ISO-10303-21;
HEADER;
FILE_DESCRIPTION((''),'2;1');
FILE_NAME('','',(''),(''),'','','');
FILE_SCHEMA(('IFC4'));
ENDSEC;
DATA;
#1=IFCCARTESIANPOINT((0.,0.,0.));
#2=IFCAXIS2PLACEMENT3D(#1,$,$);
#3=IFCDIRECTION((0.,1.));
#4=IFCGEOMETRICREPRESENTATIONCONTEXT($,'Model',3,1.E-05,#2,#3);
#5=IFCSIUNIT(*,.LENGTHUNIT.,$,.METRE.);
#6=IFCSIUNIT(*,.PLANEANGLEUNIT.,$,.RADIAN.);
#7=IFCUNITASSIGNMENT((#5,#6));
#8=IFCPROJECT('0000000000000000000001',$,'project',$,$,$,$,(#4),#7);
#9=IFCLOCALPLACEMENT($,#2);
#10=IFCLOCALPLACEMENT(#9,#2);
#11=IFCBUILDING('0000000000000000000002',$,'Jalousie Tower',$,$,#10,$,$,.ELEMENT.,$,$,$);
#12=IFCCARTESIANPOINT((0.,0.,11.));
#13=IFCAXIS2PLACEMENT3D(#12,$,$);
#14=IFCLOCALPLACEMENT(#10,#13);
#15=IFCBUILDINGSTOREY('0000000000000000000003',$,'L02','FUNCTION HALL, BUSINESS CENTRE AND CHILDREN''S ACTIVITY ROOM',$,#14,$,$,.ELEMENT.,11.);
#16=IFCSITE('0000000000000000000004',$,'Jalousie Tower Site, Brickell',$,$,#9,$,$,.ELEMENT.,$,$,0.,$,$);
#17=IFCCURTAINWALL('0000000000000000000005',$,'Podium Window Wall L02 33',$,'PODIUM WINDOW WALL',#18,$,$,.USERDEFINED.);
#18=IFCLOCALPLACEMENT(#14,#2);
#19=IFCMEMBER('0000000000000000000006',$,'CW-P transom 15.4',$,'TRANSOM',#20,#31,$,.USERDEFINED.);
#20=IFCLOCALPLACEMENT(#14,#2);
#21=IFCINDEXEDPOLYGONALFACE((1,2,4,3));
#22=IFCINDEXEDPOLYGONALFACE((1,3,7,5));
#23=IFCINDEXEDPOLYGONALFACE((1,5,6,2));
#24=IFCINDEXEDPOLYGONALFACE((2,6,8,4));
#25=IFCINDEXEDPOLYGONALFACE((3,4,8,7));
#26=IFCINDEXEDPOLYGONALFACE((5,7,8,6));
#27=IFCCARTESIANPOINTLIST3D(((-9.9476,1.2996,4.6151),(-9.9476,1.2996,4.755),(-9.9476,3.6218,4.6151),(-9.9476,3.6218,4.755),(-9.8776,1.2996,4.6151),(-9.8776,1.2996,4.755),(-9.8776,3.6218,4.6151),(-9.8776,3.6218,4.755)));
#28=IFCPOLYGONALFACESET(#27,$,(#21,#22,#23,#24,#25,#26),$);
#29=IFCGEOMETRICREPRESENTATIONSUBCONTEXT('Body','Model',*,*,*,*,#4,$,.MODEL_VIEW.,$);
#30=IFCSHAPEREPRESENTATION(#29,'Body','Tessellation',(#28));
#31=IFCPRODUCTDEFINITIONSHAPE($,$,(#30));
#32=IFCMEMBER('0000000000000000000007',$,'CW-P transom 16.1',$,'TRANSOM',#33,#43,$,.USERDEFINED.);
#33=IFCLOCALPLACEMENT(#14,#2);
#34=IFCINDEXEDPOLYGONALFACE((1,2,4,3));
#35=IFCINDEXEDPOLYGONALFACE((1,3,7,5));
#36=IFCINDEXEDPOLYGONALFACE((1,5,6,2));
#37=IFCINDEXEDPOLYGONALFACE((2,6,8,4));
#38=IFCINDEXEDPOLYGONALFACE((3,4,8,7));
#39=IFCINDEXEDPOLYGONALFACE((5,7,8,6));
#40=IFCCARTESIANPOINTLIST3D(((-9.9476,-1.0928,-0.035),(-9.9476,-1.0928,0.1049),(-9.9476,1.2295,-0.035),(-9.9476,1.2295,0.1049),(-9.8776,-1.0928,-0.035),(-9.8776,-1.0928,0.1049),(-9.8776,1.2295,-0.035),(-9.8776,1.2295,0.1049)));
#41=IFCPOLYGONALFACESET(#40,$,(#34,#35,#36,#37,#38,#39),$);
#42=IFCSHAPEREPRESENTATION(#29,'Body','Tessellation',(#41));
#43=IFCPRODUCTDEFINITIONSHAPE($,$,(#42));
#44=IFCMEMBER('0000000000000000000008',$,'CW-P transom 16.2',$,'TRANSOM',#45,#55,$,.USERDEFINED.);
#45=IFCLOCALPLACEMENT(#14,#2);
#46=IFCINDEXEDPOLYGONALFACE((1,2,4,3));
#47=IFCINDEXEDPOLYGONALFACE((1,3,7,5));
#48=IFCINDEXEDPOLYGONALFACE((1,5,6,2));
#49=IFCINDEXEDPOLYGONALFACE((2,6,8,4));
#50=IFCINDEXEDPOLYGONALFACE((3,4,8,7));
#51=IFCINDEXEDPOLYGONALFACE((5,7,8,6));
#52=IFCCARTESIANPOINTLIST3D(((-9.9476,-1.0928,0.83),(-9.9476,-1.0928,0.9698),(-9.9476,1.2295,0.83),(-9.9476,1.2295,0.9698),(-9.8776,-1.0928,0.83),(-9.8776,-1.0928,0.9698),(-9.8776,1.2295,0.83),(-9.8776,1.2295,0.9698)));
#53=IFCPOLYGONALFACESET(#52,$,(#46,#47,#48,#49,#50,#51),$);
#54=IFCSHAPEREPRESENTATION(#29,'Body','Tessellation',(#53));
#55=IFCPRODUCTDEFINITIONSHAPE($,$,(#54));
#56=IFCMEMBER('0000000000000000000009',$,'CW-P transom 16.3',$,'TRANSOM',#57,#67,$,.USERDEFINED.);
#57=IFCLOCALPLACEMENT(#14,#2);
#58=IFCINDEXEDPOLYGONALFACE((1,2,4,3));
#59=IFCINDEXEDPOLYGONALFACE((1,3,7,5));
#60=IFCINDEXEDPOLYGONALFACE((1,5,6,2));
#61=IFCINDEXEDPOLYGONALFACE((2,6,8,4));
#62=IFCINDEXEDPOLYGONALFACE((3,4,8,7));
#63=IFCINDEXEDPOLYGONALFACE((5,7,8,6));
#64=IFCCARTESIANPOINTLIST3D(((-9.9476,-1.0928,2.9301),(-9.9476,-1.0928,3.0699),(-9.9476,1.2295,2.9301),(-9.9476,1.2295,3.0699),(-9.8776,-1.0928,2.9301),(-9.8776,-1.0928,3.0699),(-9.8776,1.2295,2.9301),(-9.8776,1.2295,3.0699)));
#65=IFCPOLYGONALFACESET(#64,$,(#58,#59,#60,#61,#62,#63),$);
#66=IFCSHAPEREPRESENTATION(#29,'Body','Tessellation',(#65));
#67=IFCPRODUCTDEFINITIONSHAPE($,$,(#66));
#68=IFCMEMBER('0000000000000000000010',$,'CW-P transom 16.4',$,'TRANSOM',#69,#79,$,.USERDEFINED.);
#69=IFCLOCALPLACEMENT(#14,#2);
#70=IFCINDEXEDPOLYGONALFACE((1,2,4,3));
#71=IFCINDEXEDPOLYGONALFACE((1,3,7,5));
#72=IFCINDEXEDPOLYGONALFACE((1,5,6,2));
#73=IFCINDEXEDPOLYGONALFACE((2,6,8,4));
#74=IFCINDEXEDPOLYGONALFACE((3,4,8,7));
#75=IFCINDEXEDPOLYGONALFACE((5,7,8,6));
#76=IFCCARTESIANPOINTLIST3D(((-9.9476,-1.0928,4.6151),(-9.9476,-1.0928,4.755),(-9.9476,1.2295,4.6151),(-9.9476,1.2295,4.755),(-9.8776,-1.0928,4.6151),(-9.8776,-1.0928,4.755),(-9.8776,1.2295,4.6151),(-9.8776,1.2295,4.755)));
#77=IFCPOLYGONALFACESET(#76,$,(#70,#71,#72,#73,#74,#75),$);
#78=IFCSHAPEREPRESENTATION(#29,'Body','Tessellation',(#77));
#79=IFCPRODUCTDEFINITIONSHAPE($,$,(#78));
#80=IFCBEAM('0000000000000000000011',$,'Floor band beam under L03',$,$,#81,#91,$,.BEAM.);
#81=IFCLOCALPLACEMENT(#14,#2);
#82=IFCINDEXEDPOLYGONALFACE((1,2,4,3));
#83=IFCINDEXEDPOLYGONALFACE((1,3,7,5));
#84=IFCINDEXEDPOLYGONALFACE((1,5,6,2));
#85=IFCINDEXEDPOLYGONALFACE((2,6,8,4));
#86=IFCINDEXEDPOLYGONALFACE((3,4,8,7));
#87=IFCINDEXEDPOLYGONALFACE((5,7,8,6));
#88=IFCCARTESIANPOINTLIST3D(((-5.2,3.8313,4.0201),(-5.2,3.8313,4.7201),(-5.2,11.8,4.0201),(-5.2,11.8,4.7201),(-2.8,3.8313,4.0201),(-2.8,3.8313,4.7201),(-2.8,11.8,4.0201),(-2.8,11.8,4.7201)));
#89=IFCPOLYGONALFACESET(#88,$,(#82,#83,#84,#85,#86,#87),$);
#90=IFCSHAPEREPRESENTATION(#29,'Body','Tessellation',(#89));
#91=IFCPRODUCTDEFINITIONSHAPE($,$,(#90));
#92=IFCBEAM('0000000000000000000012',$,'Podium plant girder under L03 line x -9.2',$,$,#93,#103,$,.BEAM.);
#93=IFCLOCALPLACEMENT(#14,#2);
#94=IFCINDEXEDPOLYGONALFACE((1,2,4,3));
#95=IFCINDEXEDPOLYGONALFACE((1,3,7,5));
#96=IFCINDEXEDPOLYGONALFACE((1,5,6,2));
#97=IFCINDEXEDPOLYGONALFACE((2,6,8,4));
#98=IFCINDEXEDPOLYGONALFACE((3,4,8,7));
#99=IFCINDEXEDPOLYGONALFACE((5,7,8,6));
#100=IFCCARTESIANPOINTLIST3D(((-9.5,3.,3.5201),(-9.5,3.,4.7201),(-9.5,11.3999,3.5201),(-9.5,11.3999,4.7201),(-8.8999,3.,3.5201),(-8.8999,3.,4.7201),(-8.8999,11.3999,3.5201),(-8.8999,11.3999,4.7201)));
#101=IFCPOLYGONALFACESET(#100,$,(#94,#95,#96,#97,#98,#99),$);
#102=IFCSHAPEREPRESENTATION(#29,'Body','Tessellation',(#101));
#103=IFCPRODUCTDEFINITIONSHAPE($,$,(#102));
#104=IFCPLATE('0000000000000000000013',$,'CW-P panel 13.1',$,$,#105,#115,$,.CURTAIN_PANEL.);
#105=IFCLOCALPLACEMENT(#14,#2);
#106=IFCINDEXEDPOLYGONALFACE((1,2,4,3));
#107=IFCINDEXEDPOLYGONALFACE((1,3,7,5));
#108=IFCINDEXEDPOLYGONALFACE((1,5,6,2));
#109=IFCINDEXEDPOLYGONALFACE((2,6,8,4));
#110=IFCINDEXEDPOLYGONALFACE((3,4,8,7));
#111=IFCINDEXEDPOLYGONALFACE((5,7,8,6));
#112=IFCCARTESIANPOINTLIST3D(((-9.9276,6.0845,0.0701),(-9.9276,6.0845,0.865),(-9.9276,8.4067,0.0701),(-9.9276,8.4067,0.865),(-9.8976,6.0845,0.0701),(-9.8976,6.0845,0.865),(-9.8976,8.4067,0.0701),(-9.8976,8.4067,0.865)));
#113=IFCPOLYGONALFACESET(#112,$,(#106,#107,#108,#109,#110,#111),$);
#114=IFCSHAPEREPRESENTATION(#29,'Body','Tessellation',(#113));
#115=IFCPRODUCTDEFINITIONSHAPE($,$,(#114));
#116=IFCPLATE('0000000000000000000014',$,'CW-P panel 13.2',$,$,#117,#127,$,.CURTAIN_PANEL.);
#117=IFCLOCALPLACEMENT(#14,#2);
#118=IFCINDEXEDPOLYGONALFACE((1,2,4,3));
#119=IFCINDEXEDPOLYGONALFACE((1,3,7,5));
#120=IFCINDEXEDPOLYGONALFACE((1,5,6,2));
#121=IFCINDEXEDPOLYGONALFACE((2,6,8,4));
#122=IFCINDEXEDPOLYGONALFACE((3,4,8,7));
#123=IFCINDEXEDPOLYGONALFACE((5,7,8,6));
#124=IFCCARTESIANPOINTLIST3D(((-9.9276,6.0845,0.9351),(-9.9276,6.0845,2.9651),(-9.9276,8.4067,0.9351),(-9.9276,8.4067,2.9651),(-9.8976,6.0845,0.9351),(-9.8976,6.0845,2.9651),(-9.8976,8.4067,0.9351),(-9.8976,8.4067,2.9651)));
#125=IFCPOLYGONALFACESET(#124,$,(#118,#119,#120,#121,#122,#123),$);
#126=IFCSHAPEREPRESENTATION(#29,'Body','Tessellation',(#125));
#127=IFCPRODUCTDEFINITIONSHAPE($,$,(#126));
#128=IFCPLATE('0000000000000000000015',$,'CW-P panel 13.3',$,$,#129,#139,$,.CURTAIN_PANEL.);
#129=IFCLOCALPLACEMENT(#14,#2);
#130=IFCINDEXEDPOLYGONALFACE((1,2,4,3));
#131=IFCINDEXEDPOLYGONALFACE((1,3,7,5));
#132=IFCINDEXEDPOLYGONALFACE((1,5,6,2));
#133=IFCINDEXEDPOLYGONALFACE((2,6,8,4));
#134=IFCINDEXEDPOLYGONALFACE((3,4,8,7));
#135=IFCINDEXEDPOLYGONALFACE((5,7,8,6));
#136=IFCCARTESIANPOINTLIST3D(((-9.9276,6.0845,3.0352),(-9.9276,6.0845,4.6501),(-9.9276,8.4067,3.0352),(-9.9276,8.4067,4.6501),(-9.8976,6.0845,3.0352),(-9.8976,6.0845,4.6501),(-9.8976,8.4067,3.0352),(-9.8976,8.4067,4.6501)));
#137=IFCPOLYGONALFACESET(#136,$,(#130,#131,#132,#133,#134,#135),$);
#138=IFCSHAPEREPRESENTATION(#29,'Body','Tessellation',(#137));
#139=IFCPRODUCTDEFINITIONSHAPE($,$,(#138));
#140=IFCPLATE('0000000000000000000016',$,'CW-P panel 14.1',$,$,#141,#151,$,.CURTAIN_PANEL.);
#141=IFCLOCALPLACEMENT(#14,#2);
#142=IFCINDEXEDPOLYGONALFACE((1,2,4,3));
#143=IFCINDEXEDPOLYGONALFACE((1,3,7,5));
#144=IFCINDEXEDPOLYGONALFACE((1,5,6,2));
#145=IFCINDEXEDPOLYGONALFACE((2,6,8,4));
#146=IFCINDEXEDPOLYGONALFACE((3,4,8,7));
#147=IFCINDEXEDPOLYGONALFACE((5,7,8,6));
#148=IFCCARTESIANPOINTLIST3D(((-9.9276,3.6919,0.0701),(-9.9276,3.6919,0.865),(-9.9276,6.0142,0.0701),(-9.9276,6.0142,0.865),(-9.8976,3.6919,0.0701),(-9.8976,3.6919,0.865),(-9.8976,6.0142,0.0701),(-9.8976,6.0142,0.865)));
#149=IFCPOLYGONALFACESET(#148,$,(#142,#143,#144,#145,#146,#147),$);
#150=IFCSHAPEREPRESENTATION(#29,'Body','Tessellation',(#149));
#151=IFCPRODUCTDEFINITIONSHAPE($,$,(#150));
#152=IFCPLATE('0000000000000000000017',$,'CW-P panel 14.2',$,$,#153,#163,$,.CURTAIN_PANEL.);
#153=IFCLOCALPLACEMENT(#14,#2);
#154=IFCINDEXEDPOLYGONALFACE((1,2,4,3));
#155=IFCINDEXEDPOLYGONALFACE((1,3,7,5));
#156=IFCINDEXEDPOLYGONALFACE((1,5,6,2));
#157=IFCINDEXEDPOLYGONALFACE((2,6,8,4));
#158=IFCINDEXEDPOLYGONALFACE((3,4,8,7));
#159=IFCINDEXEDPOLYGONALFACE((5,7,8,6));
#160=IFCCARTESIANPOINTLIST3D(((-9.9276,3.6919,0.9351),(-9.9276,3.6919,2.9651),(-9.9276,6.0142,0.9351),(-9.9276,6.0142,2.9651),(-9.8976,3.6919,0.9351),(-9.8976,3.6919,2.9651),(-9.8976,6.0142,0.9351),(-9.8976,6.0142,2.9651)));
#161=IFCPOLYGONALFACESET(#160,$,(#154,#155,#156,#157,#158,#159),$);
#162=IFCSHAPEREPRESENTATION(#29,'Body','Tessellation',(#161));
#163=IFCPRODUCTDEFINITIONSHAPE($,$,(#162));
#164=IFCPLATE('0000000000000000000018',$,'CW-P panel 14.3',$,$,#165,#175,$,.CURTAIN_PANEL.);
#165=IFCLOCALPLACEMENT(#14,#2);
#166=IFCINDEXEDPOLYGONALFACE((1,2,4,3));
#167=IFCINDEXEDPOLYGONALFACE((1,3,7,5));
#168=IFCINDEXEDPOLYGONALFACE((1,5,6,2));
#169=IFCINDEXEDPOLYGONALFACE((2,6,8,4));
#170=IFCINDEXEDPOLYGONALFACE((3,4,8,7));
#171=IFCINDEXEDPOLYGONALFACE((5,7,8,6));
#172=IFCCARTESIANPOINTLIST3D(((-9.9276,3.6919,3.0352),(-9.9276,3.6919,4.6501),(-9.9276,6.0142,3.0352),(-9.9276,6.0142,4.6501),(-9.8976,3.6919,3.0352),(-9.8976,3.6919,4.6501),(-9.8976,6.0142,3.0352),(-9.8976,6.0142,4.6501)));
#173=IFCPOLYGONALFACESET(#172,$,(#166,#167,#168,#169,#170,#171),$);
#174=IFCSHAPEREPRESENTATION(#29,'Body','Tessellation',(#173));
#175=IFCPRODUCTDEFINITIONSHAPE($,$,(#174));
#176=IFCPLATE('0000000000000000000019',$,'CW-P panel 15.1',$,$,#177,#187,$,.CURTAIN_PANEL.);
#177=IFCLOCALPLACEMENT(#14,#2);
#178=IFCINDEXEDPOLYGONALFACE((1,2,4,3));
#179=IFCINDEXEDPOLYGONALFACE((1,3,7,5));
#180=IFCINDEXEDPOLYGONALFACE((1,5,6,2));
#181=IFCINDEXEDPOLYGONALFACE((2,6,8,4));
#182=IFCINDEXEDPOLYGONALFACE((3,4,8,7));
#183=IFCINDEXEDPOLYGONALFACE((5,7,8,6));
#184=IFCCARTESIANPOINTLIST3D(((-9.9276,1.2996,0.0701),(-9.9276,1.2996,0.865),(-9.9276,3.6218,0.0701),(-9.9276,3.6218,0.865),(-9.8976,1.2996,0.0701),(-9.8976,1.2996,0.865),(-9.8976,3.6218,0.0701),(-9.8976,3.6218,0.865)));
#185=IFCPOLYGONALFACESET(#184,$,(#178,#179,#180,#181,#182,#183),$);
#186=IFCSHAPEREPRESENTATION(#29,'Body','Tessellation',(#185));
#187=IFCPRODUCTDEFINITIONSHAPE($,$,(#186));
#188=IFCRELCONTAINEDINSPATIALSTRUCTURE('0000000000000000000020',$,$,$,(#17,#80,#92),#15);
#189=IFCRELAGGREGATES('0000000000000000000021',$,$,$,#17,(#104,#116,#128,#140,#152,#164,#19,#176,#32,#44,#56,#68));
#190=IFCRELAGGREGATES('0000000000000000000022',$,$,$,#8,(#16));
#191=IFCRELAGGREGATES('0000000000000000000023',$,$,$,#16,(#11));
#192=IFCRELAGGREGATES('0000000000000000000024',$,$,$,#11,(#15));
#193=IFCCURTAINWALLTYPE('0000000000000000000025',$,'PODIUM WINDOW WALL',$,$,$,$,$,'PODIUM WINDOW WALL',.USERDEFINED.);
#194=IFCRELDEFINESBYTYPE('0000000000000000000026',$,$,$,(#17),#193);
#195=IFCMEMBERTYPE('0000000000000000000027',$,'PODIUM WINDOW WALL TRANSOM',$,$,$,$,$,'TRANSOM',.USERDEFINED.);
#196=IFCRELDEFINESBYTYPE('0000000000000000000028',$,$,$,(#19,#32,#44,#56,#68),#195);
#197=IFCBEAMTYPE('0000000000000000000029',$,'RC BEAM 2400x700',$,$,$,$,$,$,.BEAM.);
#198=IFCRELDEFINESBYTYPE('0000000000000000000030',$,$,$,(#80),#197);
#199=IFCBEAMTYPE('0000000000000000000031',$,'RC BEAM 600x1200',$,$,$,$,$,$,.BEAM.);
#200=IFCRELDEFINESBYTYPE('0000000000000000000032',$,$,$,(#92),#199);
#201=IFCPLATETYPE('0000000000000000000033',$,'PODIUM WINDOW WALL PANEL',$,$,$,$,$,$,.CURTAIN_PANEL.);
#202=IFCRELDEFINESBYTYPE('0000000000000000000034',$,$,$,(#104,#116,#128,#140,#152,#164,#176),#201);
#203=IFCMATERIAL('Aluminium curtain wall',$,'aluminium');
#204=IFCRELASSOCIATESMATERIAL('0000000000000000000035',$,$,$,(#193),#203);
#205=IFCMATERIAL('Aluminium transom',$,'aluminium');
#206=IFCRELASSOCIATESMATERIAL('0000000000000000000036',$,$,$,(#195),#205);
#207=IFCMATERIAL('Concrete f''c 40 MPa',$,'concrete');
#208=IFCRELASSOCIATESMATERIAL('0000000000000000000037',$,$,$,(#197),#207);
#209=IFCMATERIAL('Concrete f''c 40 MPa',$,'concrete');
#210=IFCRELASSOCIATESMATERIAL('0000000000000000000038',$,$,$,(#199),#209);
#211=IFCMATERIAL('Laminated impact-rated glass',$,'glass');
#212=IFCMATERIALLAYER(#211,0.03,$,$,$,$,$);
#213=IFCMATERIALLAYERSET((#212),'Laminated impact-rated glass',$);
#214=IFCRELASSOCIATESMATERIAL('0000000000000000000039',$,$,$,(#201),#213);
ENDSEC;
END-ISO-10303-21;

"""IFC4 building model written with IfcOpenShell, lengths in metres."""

from ifc_helpers import new_model, si_unit, direction, frame, origin, origin_2d, place, context, subcontext, project, spatial, rectangle, extrude, material, layer, layer_set, material_profile, profile_set, type_object, element, aggregate, save


model = new_model("IFC4")

# Units and contexts
model_context = context("Model", 3, precision=1e-05, world=origin(), true_north=direction((0.0, 1.0)))
body_context = subcontext(model_context, "Body", "Model", "MODEL_VIEW")
ifc_project = project(units=[si_unit("LENGTHUNIT", "METRE"), si_unit("PLANEANGLEUNIT", "RADIAN")], contexts=[model_context])

# Site, building, storey
site_placement = place(None, origin())
site = spatial("IfcSite", under=ifc_project, at=site_placement, Name="Jalousie Tower Site, Brickell", CompositionType="ELEMENT", RefElevation=0.0)
building_placement = place(site_placement, origin())
building = spatial("IfcBuilding", under=site, at=building_placement, Name="Jalousie Tower", CompositionType="ELEMENT")
storey_placement = place(building_placement, frame((0.0, 0.0, 11.0)))
storey = spatial("IfcBuildingStorey", under=building, at=storey_placement, Name="L02", Description="FUNCTION HALL, BUSINESS CENTRE AND CHILDREN'S ACTIVITY ROOM", CompositionType="ELEMENT", Elevation=11.0)

# Curtain wall, members
ifc_material_1 = material(Name="Aluminium curtain wall", Category="aluminium")
curtain_wall_type = type_object("IfcCurtainWallType", Name="PODIUM WINDOW WALL", ElementType="PODIUM WINDOW WALL", PredefinedType="USERDEFINED", material=ifc_material_1)
curtain_wall_placement = place(storey_placement, origin())
curtain_wall = element("IfcCurtainWall", 1, at=curtain_wall_placement, inside=storey, type_object=curtain_wall_type, Name="Podium Window Wall L02 33", ObjectType="PODIUM WINDOW WALL", PredefinedType="USERDEFINED")
ifc_material_2 = material(Name="Aluminium transom", Category="aluminium")
ifc_material_profile_1 = material_profile(ifc_material_2, rectangle(XDim=0.0701, YDim=0.1399, at=origin_2d()), Name="TRANSOM 70x140")
ifc_profile_set_1 = profile_set([ifc_material_profile_1], Name="Aluminium transom")
member_type_1 = type_object("IfcMemberType", Name="PODIUM WINDOW WALL TRANSOM", ElementType="TRANSOM", PredefinedType="USERDEFINED", material=ifc_profile_set_1)
member_1_placement = place(storey_placement, frame((-9.9126, 3.6218, 4.6851), z_axis=(0.0, -1.0, 0.0), x_axis=(1.0, 0.0, 0.0)))
member_1 = element("IfcMember", 2, at=member_1_placement, type_object=member_type_1, Name="CW-P transom 15.4", ObjectType="TRANSOM", PredefinedType="USERDEFINED", context=body_context, shape_type="SweptSolid", body=[
    extrude(rectangle(XDim=0.0701, YDim=0.1399, at=origin_2d()), origin(), (0.0, 0.0, 1.0), 2.3223),
])
member_2_placement = place(storey_placement, frame((-9.9126, 1.2295, 0.0349), z_axis=(0.0, -1.0, 0.0), x_axis=(1.0, 0.0, 0.0)))
member_2 = element("IfcMember", 3, at=member_2_placement, type_object=member_type_1, Name="CW-P transom 16.1", ObjectType="TRANSOM", PredefinedType="USERDEFINED", context=body_context, shape_type="SweptSolid", body=[
    extrude(rectangle(XDim=0.0701, YDim=0.1399, at=origin_2d()), origin(), (0.0, 0.0, 1.0), 2.3223),
])
member_3_placement = place(storey_placement, frame((-9.9126, 1.2295, 0.8999), z_axis=(0.0, -1.0, 0.0), x_axis=(1.0, 0.0, 0.0)))
member_3 = element("IfcMember", 4, at=member_3_placement, type_object=member_type_1, Name="CW-P transom 16.2", ObjectType="TRANSOM", PredefinedType="USERDEFINED", context=body_context, shape_type="SweptSolid", body=[
    extrude(rectangle(XDim=0.0701, YDim=0.1399, at=origin_2d()), origin(), (0.0, 0.0, 1.0), 2.3223),
])
member_4_placement = place(storey_placement, frame((-9.9126, 1.2295, 3.0), z_axis=(0.0, -1.0, 0.0), x_axis=(1.0, 0.0, 0.0)))
member_4 = element("IfcMember", 5, at=member_4_placement, type_object=member_type_1, Name="CW-P transom 16.3", ObjectType="TRANSOM", PredefinedType="USERDEFINED", context=body_context, shape_type="SweptSolid", body=[
    extrude(rectangle(XDim=0.0701, YDim=0.1399, at=origin_2d()), origin(), (0.0, 0.0, 1.0), 2.3223),
])
member_5_placement = place(storey_placement, frame((-9.9126, 1.2295, 4.6851), z_axis=(0.0, -1.0, 0.0), x_axis=(1.0, 0.0, 0.0)))
member_5 = element("IfcMember", 6, at=member_5_placement, type_object=member_type_1, Name="CW-P transom 16.4", ObjectType="TRANSOM", PredefinedType="USERDEFINED", context=body_context, shape_type="SweptSolid", body=[
    extrude(rectangle(XDim=0.0701, YDim=0.1399, at=origin_2d()), origin(), (0.0, 0.0, 1.0), 2.3223),
])

# Beams
ifc_material_3 = material(Name="Concrete f'c 40 MPa", Category="concrete")
ifc_material_profile_2 = material_profile(ifc_material_3, rectangle(XDim=2.3999, YDim=0.7, at=origin_2d()), Name="RC 2400x700")
ifc_profile_set_2 = profile_set([ifc_material_profile_2], Name="Concrete f'c 40 MPa")
beam_type_1 = type_object("IfcBeamType", Name="RC BEAM 2400x700", PredefinedType="BEAM", material=ifc_profile_set_2)
beam_1_placement = place(storey_placement, frame((-4.0, 3.8313, 4.3701), z_axis=(0.0, 1.0, 0.0), x_axis=(-1.0, 0.0, 0.0)))
element("IfcBeam", 7, at=beam_1_placement, inside=storey, type_object=beam_type_1, Name="Floor band beam under L03", PredefinedType="BEAM", context=body_context, shape_type="SweptSolid", body=[
    extrude(rectangle(XDim=2.3999, YDim=0.7, at=origin_2d()), origin(), (0.0, 0.0, 1.0), 7.9688),
])
ifc_material_4 = material(Name="Concrete f'c 40 MPa", Category="concrete")
ifc_material_profile_3 = material_profile(ifc_material_4, rectangle(XDim=0.6001, YDim=1.2, at=origin_2d()), Name="RC 600x1200")
ifc_profile_set_3 = profile_set([ifc_material_profile_3], Name="Concrete f'c 40 MPa")
beam_type_2 = type_object("IfcBeamType", Name="RC BEAM 600x1200", PredefinedType="BEAM", material=ifc_profile_set_3)
beam_2_placement = place(storey_placement, frame((-9.2, 3.0, 4.1201), z_axis=(0.0, 1.0, 0.0), x_axis=(-1.0, 0.0, 0.0)))
element("IfcBeam", 8, at=beam_2_placement, inside=storey, type_object=beam_type_2, Name="Podium plant girder under L03 line x -9.2", PredefinedType="BEAM", context=body_context, shape_type="SweptSolid", body=[
    extrude(rectangle(XDim=0.6001, YDim=1.2, at=origin_2d()), origin(), (0.0, 0.0, 1.0), 8.3999),
])

# Plates
ifc_material_5 = material(Name="Laminated impact-rated glass", Category="glass")
ifc_layer_1 = layer(ifc_material_5, 0.03)
ifc_layer_set_1 = layer_set([ifc_layer_1], Name="Laminated impact-rated glass")
plate_type = type_object("IfcPlateType", Name="PODIUM WINDOW WALL PANEL", PredefinedType="CURTAIN_PANEL", material=ifc_layer_set_1)
plate_1_placement = place(storey_placement, frame((-9.9126, 7.2456, 0.0701), z_axis=(0.0, 0.0, 1.0), x_axis=(0.0, -1.0, 0.0)))
plate_1 = element("IfcPlate", 9, at=plate_1_placement, type_object=plate_type, Name="CW-P panel 13.1", PredefinedType="CURTAIN_PANEL", context=body_context, shape_type="SweptSolid", body=[
    extrude(rectangle(XDim=2.3223, YDim=0.03, at=origin_2d()), origin(), (0.0, 0.0, 1.0), 0.7949),
])
plate_2_placement = place(storey_placement, frame((-9.9126, 7.2456, 0.9351), z_axis=(0.0, 0.0, 1.0), x_axis=(0.0, -1.0, 0.0)))
plate_2 = element("IfcPlate", 10, at=plate_2_placement, type_object=plate_type, Name="CW-P panel 13.2", PredefinedType="CURTAIN_PANEL", context=body_context, shape_type="SweptSolid", body=[
    extrude(rectangle(XDim=2.3223, YDim=0.03, at=origin_2d()), origin(), (0.0, 0.0, 1.0), 2.03),
])
plate_3_placement = place(storey_placement, frame((-9.9126, 7.2456, 3.0352), z_axis=(0.0, 0.0, 1.0), x_axis=(0.0, -1.0, 0.0)))
plate_3 = element("IfcPlate", 11, at=plate_3_placement, type_object=plate_type, Name="CW-P panel 13.3", PredefinedType="CURTAIN_PANEL", context=body_context, shape_type="SweptSolid", body=[
    extrude(rectangle(XDim=2.3223, YDim=0.03, at=origin_2d()), origin(), (0.0, 0.0, 1.0), 1.615),
])
plate_4_placement = place(storey_placement, frame((-9.9126, 4.853, 0.0701), z_axis=(0.0, 0.0, 1.0), x_axis=(0.0, -1.0, 0.0)))
plate_4 = element("IfcPlate", 12, at=plate_4_placement, type_object=plate_type, Name="CW-P panel 14.1", PredefinedType="CURTAIN_PANEL", context=body_context, shape_type="SweptSolid", body=[
    extrude(rectangle(XDim=2.3223, YDim=0.03, at=origin_2d()), origin(), (0.0, 0.0, 1.0), 0.7949),
])
plate_5_placement = place(storey_placement, frame((-9.9126, 4.853, 0.9351), z_axis=(0.0, 0.0, 1.0), x_axis=(0.0, -1.0, 0.0)))
plate_5 = element("IfcPlate", 13, at=plate_5_placement, type_object=plate_type, Name="CW-P panel 14.2", PredefinedType="CURTAIN_PANEL", context=body_context, shape_type="SweptSolid", body=[
    extrude(rectangle(XDim=2.3223, YDim=0.03, at=origin_2d()), origin(), (0.0, 0.0, 1.0), 2.03),
])
plate_6_placement = place(storey_placement, frame((-9.9126, 4.853, 3.0352), z_axis=(0.0, 0.0, 1.0), x_axis=(0.0, -1.0, 0.0)))
plate_6 = element("IfcPlate", 14, at=plate_6_placement, type_object=plate_type, Name="CW-P panel 14.3", PredefinedType="CURTAIN_PANEL", context=body_context, shape_type="SweptSolid", body=[
    extrude(rectangle(XDim=2.3223, YDim=0.03, at=origin_2d()), origin(), (0.0, 0.0, 1.0), 1.615),
])
plate_7_placement = place(storey_placement, frame((-9.9126, 2.4607, 0.0701), z_axis=(0.0, 0.0, 1.0), x_axis=(0.0, -1.0, 0.0)))
plate_7 = element("IfcPlate", 15, at=plate_7_placement, type_object=plate_type, Name="CW-P panel 15.1", PredefinedType="CURTAIN_PANEL", context=body_context, shape_type="SweptSolid", body=[
    extrude(rectangle(XDim=2.3223, YDim=0.03, at=origin_2d()), origin(), (0.0, 0.0, 1.0), 0.7949),
])
aggregate(curtain_wall, [plate_1, plate_2, plate_3, plate_4, plate_5, plate_6, member_1, plate_7, member_2, member_3, member_4, member_5])

save(model, "model.ifc")
